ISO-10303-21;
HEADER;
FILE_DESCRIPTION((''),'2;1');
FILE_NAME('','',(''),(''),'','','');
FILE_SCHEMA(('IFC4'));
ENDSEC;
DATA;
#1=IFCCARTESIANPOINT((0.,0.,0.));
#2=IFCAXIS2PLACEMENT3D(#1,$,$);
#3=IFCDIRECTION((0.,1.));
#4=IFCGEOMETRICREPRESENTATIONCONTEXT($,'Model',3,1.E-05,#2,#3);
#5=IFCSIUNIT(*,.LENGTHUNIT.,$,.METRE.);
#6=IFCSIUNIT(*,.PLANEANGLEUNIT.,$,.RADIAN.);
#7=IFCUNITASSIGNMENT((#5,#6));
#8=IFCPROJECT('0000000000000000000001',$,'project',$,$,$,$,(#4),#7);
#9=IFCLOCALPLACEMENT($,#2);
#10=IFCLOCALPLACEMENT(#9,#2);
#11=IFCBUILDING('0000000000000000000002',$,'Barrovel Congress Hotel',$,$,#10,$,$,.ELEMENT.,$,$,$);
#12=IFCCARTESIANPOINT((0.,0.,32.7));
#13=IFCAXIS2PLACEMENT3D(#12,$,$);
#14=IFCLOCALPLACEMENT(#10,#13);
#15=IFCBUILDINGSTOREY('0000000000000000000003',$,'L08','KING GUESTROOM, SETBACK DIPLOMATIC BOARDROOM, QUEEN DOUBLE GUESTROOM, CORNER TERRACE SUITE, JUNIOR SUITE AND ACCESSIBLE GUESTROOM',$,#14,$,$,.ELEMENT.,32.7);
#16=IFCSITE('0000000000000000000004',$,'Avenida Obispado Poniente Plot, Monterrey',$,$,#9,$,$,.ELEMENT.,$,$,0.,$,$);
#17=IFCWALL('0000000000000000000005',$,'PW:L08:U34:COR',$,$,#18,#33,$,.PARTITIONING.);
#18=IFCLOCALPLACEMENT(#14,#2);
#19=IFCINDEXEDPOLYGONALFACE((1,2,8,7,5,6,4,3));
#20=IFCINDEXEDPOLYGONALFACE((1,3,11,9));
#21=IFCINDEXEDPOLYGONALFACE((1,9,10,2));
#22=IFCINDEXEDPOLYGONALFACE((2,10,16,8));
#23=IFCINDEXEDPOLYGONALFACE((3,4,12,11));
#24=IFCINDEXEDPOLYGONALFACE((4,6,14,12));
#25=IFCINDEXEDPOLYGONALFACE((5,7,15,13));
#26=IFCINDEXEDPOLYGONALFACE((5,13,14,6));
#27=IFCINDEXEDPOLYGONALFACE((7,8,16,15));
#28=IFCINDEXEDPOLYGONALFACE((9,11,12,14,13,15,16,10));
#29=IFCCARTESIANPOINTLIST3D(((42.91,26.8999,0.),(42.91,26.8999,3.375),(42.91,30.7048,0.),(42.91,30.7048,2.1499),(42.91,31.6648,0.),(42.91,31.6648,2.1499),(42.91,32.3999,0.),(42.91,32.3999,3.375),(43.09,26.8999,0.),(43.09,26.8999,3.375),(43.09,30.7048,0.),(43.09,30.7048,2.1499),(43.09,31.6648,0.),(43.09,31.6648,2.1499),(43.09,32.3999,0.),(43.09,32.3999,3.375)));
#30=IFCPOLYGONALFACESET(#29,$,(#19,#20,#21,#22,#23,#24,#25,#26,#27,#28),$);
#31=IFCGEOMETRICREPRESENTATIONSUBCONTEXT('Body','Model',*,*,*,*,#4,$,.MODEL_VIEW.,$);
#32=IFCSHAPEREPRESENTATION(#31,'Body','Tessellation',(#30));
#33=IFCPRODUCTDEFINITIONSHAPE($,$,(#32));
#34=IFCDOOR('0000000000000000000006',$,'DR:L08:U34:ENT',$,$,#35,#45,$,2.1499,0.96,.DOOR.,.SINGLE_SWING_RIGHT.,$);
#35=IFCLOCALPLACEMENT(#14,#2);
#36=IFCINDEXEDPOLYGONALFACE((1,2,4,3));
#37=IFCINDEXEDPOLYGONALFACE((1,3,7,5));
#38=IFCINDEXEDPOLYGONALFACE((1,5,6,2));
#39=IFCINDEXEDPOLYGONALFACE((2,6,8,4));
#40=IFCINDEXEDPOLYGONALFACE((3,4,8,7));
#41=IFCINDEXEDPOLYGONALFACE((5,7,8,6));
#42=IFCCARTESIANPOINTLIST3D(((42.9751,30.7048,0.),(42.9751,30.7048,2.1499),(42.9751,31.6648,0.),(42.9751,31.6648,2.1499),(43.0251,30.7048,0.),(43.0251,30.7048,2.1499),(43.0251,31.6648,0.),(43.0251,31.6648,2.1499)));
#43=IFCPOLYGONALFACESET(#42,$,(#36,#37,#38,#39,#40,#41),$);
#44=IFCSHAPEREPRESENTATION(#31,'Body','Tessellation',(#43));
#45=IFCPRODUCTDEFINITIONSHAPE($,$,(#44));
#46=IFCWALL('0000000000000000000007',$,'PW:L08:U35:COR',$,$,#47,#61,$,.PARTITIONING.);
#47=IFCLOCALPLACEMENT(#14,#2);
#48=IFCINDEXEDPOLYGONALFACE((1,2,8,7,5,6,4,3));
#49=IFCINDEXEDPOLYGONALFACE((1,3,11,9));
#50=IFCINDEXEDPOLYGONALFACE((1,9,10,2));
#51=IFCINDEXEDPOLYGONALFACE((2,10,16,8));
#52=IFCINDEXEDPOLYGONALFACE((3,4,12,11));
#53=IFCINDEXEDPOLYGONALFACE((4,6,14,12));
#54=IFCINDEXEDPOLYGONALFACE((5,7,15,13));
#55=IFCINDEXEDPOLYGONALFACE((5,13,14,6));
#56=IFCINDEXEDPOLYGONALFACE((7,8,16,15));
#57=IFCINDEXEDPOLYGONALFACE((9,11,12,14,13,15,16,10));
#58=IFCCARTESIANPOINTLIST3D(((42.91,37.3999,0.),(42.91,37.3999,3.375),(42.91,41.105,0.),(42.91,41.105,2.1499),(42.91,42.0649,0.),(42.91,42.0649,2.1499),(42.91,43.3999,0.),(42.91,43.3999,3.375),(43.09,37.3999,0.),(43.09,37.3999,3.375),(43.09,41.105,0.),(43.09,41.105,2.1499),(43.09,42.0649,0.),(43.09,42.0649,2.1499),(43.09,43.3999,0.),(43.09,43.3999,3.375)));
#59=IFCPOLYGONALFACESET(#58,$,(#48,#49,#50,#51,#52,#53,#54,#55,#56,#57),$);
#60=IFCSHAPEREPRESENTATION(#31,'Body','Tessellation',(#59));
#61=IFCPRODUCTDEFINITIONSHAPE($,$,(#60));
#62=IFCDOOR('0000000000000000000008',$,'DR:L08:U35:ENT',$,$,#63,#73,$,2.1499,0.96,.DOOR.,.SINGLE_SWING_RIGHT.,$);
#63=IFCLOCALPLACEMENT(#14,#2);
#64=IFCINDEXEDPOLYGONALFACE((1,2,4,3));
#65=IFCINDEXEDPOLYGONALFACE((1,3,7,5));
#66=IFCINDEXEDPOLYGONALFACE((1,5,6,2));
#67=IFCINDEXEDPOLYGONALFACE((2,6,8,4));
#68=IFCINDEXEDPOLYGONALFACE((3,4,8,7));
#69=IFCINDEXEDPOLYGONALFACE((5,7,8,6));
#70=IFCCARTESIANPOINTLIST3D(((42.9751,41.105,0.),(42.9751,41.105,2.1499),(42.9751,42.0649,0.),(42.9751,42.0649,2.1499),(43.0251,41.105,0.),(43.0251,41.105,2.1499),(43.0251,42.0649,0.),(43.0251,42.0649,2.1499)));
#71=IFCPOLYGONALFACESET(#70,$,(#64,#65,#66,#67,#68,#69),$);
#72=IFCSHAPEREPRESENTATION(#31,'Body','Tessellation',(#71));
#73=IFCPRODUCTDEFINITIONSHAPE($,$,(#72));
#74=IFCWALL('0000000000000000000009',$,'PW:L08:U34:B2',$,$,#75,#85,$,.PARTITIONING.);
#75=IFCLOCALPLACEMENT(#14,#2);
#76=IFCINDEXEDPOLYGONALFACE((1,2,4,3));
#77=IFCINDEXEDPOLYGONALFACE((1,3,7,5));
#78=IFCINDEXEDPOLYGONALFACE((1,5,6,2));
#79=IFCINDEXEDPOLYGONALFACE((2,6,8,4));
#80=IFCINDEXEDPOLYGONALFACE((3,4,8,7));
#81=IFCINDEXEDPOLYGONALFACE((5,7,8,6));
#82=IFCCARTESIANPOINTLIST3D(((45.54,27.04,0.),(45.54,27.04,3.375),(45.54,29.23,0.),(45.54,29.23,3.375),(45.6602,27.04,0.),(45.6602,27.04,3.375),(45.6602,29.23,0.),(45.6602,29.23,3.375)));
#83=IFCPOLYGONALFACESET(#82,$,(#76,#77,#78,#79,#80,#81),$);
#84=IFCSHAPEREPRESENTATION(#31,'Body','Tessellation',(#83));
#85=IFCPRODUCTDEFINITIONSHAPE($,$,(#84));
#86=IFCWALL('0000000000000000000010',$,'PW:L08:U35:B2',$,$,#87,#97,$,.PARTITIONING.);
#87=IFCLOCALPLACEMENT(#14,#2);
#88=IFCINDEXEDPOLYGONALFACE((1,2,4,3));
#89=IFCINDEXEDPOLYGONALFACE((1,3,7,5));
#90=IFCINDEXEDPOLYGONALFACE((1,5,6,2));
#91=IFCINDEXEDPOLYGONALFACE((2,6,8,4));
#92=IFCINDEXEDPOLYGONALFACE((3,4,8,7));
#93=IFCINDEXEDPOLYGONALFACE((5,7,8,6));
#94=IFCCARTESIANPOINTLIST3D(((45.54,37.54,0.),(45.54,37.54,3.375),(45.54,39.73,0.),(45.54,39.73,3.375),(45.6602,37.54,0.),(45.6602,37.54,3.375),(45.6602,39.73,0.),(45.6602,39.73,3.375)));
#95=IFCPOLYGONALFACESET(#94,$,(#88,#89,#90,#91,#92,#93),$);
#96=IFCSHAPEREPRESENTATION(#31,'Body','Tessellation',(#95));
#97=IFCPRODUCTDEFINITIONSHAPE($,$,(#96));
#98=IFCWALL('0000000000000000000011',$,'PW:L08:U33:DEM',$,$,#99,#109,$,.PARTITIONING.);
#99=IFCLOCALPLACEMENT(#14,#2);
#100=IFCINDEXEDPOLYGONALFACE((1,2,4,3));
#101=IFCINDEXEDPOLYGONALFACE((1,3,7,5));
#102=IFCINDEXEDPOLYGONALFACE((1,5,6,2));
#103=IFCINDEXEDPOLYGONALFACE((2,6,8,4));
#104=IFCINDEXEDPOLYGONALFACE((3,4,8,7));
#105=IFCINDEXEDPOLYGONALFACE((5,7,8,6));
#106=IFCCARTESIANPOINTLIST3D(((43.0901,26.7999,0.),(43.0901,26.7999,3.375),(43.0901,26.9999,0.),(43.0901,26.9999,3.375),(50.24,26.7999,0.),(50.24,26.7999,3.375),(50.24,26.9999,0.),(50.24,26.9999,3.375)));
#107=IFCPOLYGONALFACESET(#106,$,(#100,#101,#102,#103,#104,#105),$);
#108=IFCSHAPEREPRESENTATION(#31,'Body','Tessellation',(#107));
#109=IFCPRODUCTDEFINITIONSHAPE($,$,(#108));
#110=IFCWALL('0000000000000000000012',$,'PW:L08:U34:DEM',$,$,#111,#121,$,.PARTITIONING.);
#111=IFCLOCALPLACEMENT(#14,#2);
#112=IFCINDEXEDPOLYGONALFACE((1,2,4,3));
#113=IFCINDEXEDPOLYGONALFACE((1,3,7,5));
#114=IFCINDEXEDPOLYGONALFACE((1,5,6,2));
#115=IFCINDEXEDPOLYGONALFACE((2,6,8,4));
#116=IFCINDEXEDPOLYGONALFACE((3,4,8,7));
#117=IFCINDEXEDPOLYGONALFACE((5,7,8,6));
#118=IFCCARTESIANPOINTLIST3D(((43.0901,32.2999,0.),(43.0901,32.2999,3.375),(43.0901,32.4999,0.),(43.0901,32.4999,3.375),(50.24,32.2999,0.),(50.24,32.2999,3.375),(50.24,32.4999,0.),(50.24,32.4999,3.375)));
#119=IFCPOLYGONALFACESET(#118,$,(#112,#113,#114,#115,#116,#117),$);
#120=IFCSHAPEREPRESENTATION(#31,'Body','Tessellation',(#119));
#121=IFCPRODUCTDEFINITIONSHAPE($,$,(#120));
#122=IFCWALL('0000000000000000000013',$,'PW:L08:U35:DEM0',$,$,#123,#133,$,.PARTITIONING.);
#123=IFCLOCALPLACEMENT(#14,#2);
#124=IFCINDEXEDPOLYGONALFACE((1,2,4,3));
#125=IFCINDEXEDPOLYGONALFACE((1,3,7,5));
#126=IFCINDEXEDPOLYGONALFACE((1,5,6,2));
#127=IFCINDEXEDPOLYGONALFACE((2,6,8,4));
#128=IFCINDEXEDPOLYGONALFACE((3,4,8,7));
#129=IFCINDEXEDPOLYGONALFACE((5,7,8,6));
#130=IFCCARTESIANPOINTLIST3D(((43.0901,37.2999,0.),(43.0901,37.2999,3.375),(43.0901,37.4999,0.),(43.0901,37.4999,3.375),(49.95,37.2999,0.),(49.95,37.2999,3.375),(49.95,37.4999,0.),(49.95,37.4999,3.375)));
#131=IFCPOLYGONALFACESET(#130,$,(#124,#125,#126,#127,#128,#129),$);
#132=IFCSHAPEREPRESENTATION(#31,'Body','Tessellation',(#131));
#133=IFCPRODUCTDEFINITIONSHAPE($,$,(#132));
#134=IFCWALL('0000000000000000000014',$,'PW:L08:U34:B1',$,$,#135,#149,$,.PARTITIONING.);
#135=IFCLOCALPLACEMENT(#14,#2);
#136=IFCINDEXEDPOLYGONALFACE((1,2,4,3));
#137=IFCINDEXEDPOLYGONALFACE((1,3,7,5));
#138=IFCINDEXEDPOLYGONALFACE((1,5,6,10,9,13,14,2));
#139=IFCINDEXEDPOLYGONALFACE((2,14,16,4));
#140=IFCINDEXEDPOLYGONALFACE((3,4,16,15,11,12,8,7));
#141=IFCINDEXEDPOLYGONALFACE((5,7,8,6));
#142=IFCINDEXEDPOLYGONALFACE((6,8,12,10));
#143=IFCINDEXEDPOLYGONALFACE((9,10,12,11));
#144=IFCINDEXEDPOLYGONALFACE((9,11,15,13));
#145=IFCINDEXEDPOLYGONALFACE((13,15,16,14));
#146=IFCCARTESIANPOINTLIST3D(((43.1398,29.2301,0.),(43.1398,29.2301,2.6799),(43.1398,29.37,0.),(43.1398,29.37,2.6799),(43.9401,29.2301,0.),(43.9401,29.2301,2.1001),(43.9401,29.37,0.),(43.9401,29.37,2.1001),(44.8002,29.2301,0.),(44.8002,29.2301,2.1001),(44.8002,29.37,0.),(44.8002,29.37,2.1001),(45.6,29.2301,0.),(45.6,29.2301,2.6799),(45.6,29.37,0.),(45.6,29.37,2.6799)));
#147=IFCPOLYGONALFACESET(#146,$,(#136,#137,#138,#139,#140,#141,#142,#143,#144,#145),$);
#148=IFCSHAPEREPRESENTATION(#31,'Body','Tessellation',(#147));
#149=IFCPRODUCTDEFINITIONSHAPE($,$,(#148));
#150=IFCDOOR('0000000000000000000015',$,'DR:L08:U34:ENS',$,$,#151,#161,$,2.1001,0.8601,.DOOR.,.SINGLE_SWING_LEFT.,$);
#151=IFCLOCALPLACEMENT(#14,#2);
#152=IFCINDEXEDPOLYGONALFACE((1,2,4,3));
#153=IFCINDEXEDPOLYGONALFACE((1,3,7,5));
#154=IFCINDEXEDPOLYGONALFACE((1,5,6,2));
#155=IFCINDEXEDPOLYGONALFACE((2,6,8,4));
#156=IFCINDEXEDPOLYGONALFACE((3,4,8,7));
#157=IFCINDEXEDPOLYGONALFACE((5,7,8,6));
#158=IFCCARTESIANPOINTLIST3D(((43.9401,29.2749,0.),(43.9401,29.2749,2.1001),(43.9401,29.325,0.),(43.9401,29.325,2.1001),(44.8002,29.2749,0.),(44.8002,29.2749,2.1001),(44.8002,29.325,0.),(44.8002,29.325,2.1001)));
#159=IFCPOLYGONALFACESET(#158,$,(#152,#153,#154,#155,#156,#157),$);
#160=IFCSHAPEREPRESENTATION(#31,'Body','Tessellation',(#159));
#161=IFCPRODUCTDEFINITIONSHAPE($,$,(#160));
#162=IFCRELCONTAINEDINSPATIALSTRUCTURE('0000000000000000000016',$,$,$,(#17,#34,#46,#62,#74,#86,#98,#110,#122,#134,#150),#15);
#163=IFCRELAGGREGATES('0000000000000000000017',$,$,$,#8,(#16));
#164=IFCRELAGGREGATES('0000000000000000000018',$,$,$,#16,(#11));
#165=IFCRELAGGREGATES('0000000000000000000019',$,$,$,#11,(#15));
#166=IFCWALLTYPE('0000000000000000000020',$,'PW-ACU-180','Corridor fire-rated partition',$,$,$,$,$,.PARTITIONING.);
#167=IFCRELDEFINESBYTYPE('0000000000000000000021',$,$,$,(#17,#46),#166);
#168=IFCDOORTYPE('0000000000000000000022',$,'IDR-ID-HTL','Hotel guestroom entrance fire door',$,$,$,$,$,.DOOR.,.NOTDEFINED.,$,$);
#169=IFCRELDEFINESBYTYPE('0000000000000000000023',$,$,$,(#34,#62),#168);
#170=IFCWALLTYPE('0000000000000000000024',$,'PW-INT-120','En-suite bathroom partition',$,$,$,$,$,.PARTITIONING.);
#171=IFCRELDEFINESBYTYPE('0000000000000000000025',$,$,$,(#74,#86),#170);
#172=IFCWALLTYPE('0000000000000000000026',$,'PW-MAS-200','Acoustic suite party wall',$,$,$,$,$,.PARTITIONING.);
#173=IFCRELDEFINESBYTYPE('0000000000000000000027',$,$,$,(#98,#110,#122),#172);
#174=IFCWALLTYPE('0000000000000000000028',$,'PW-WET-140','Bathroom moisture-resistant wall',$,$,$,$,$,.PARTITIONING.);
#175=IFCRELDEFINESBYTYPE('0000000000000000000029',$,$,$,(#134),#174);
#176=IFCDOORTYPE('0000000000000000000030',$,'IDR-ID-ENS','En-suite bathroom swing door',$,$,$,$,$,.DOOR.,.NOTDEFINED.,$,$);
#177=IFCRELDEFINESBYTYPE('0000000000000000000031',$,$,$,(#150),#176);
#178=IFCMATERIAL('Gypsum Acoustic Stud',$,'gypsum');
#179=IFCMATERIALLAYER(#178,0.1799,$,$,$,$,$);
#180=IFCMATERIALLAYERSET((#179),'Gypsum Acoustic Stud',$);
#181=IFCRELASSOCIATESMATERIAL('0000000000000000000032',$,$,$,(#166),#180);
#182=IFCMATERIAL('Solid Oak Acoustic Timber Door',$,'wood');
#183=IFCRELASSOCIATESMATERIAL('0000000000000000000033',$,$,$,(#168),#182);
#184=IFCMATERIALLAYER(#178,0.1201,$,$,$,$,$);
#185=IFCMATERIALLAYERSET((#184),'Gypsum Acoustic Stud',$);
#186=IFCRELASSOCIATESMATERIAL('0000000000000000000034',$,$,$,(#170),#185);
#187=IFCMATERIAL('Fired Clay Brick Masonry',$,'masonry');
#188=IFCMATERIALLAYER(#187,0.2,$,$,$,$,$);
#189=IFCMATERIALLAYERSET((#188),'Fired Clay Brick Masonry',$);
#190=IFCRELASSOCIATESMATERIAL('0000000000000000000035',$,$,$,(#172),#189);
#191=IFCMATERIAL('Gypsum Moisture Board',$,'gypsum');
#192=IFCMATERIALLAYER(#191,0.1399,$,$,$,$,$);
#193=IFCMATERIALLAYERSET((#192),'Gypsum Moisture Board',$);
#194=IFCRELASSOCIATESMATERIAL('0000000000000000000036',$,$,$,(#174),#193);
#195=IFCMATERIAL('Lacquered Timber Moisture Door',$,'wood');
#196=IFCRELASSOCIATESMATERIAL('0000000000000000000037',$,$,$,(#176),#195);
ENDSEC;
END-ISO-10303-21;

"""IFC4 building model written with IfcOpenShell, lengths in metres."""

from ifc_helpers import new_model, si_unit, direction, frame, frame_2d, origin, place, context, subcontext, project, spatial, rectangle, extrude, material, layer, layer_set, type_object, element, fill, save


model = new_model("IFC4")

# Units and contexts
model_context = context("Model", 3, precision=1e-05, world=origin(), true_north=direction((0.0, 1.0)))
body_context = subcontext(model_context, "Body", "Model", "MODEL_VIEW")
ifc_project = project(units=[si_unit("LENGTHUNIT", "METRE"), si_unit("PLANEANGLEUNIT", "RADIAN")], contexts=[model_context])

# Site, building, storey
site_placement = place(None, origin())
site = spatial("IfcSite", under=ifc_project, at=site_placement, Name="Avenida Obispado Poniente Plot, Monterrey", CompositionType="ELEMENT", RefElevation=0.0)
building_placement = place(site_placement, origin())
building = spatial("IfcBuilding", under=site, at=building_placement, Name="Barrovel Congress Hotel", CompositionType="ELEMENT")
storey_placement = place(building_placement, frame((0.0, 0.0, 32.7)))
storey = spatial("IfcBuildingStorey", under=building, at=storey_placement, Name="L08", Description="KING GUESTROOM, SETBACK DIPLOMATIC BOARDROOM, QUEEN DOUBLE GUESTROOM, CORNER TERRACE SUITE, JUNIOR SUITE AND ACCESSIBLE GUESTROOM", CompositionType="ELEMENT", Elevation=32.7)

# Shared definitions
ifc_material_1 = material(Name="Fired Clay Brick Masonry", Category="masonry")

# Walls, openings, doors
ifc_material_2 = material(Name="Gypsum Acoustic Stud", Category="gypsum")
ifc_layer_1 = layer(ifc_material_2, 0.1799)
ifc_layer_set_1 = layer_set([ifc_layer_1], Name="Gypsum Acoustic Stud")
wall_type_1 = type_object("IfcWallType", Name="PW-ACU-180", Description="Corridor fire-rated partition", PredefinedType="PARTITIONING", material=ifc_layer_set_1)
wall_1_placement = place(storey_placement, frame((43.0, 26.8999, 0.0), z_axis=(0.0, 0.0, 1.0), x_axis=(0.0, 1.0, 0.0)))
wall_1 = element("IfcWall", 1, at=wall_1_placement, inside=storey, type_object=wall_type_1, Name="PW:L08:U34:COR", PredefinedType="PARTITIONING", context=body_context, shape_type="SweptSolid", body=[
    extrude(rectangle(XDim=5.5, YDim=0.1799, at=frame_2d((2.75, 0.0))), origin(), (0.0, 0.0, 1.0), 3.375),
])
opening_1_placement = place(wall_1_placement, frame((3.8049, 0.0, 0.0)))
opening_1 = element("IfcOpeningElement", 2, at=opening_1_placement, cuts=wall_1, PredefinedType="OPENING", context=body_context, shape_type="SweptSolid", body=[
    extrude(rectangle(XDim=0.96, YDim=2.1499, at=frame_2d((0.48, 1.075))), frame((0.0, 0.1001, 0.0), z_axis=(0.0, -1.0, 0.0), x_axis=(1.0, 0.0, 0.0)), (0.0, 0.0, 1.0), 0.2),
])
ifc_material_3 = material(Name="Solid Oak Acoustic Timber Door", Category="wood")
door_type_1 = type_object("IfcDoorType", Name="IDR-ID-HTL", Description="Hotel guestroom entrance fire door", OperationType="NOTDEFINED", PredefinedType="DOOR", material=ifc_material_3)
door_1_placement = place(opening_1_placement, origin())
door_1 = element("IfcDoor", 3, at=door_1_placement, inside=storey, type_object=door_type_1, Name="DR:L08:U34:ENT", OperationType="SINGLE_SWING_RIGHT", OverallHeight=2.1499, OverallWidth=0.96, PredefinedType="DOOR", context=body_context, shape_type="SweptSolid", body=[
    extrude(rectangle(XDim=0.96, YDim=2.1499, at=frame_2d((0.48, 1.075))), frame((0.0, 0.0249, 0.0), z_axis=(0.0, -1.0, 0.0), x_axis=(1.0, 0.0, 0.0)), (0.0, 0.0, 1.0), 0.05),
])
fill(opening_1, door_1)
wall_2_placement = place(storey_placement, frame((43.0, 37.3999, 0.0), z_axis=(0.0, 0.0, 1.0), x_axis=(0.0, 1.0, 0.0)))
wall_2 = element("IfcWall", 4, at=wall_2_placement, inside=storey, type_object=wall_type_1, Name="PW:L08:U35:COR", PredefinedType="PARTITIONING", context=body_context, shape_type="SweptSolid", body=[
    extrude(rectangle(XDim=6.0, YDim=0.1799, at=frame_2d((3.0, 0.0))), origin(), (0.0, 0.0, 1.0), 3.375),
])
opening_2_placement = place(wall_2_placement, frame((3.7051, 0.0, 0.0)))
opening_2 = element("IfcOpeningElement", 5, at=opening_2_placement, cuts=wall_2, PredefinedType="OPENING", context=body_context, shape_type="SweptSolid", body=[
    extrude(rectangle(XDim=0.96, YDim=2.1499, at=frame_2d((0.48, 1.075))), frame((0.0, 0.1001, 0.0), z_axis=(0.0, -1.0, 0.0), x_axis=(1.0, 0.0, 0.0)), (0.0, 0.0, 1.0), 0.2),
])
door_2_placement = place(opening_2_placement, origin())
door_2 = element("IfcDoor", 6, at=door_2_placement, inside=storey, type_object=door_type_1, Name="DR:L08:U35:ENT", OperationType="SINGLE_SWING_RIGHT", OverallHeight=2.1499, OverallWidth=0.96, PredefinedType="DOOR", context=body_context, shape_type="SweptSolid", body=[
    extrude(rectangle(XDim=0.96, YDim=2.1499, at=frame_2d((0.48, 1.075))), frame((0.0, 0.0249, 0.0), z_axis=(0.0, -1.0, 0.0), x_axis=(1.0, 0.0, 0.0)), (0.0, 0.0, 1.0), 0.05),
])
fill(opening_2, door_2)

# Walls
ifc_layer_2 = layer(ifc_material_2, 0.1201)
ifc_layer_set_2 = layer_set([ifc_layer_2], Name="Gypsum Acoustic Stud")
wall_type_2 = type_object("IfcWallType", Name="PW-INT-120", Description="En-suite bathroom partition", PredefinedType="PARTITIONING", material=ifc_layer_set_2)
for number, where, z_axis, x_axis, name in (
    (7, (45.6001, 27.04, 0.0), (0.0, 0.0, 1.0), (0.0, 1.0, 0.0), "PW:L08:U34:B2"),
    (8, (45.6001, 37.54, 0.0), (0.0, 0.0, 1.0), (0.0, 1.0, 0.0), "PW:L08:U35:B2"),
):
    element("IfcWall", number, at=place(storey_placement, frame(where, z_axis=z_axis, x_axis=x_axis)), inside=storey, type_object=wall_type_2, Name=name, PredefinedType="PARTITIONING", context=body_context, shape_type="SweptSolid", body=[
        extrude(rectangle(XDim=2.1899, YDim=0.1201, at=frame_2d((1.095, 0.0))), origin(), (0.0, 0.0, 1.0), 3.375),
    ])
ifc_layer_3 = layer(ifc_material_1, 0.2)
ifc_layer_set_3 = layer_set([ifc_layer_3], Name="Fired Clay Brick Masonry")
wall_type_3 = type_object("IfcWallType", Name="PW-MAS-200", Description="Acoustic suite party wall", PredefinedType="PARTITIONING", material=ifc_layer_set_3)
for number, where, z_axis, x_axis, name in (
    (9, (43.0901, 26.8999, 0.0), (0.0, 0.0, 1.0), (1.0, 0.0, 0.0), "PW:L08:U33:DEM"),
    (10, (43.0901, 32.3999, 0.0), (0.0, 0.0, 1.0), (1.0, 0.0, 0.0), "PW:L08:U34:DEM"),
):
    element("IfcWall", number, at=place(storey_placement, frame(where, z_axis=z_axis, x_axis=x_axis)), inside=storey, type_object=wall_type_3, Name=name, PredefinedType="PARTITIONING", context=body_context, shape_type="SweptSolid", body=[
        extrude(rectangle(XDim=7.1499, YDim=0.2, at=frame_2d((3.575, 0.0))), origin(), (0.0, 0.0, 1.0), 3.375),
    ])
wall_3_placement = place(storey_placement, frame((43.0901, 37.3999, 0.0), z_axis=(0.0, 0.0, 1.0), x_axis=(1.0, 0.0, 0.0)))
element("IfcWall", 11, at=wall_3_placement, inside=storey, type_object=wall_type_3, Name="PW:L08:U35:DEM0", PredefinedType="PARTITIONING", context=body_context, shape_type="SweptSolid", body=[
    extrude(rectangle(XDim=6.8599, YDim=0.2, at=frame_2d((3.4299, 0.0))), origin(), (0.0, 0.0, 1.0), 3.375),
])

# Wall, opening, door
ifc_material_4 = material(Name="Gypsum Moisture Board", Category="gypsum")
ifc_layer_4 = layer(ifc_material_4, 0.1399)
ifc_layer_set_4 = layer_set([ifc_layer_4], Name="Gypsum Moisture Board")
wall_type_4 = type_object("IfcWallType", Name="PW-WET-140", Description="Bathroom moisture-resistant wall", PredefinedType="PARTITIONING", material=ifc_layer_set_4)
wall_4_placement = place(storey_placement, frame((43.1399, 29.3, 0.0), z_axis=(0.0, 0.0, 1.0), x_axis=(1.0, 0.0, 0.0)))
wall_4 = element("IfcWall", 12, at=wall_4_placement, inside=storey, type_object=wall_type_4, Name="PW:L08:U34:B1", PredefinedType="PARTITIONING", context=body_context, shape_type="SweptSolid", body=[
    extrude(rectangle(XDim=2.4602, YDim=0.1399, at=frame_2d((1.23, 0.0))), origin(), (0.0, 0.0, 1.0), 2.6799),
])
opening_3_placement = place(wall_4_placement, frame((0.8, 0.0, 0.0)))
opening_3 = element("IfcOpeningElement", 13, at=opening_3_placement, cuts=wall_4, PredefinedType="OPENING", context=body_context, shape_type="SweptSolid", body=[
    extrude(rectangle(XDim=0.8601, YDim=2.1001, at=frame_2d((0.4302, 1.05))), frame((0.0, 0.0801, 0.0), z_axis=(0.0, -1.0, 0.0), x_axis=(1.0, 0.0, 0.0)), (0.0, 0.0, 1.0), 0.1599),
])
ifc_material_5 = material(Name="Lacquered Timber Moisture Door", Category="wood")
door_type_2 = type_object("IfcDoorType", Name="IDR-ID-ENS", Description="En-suite bathroom swing door", OperationType="NOTDEFINED", PredefinedType="DOOR", material=ifc_material_5)
door_3_placement = place(opening_3_placement, origin())
door_3 = element("IfcDoor", 14, at=door_3_placement, inside=storey, type_object=door_type_2, Name="DR:L08:U34:ENS", OperationType="SINGLE_SWING_LEFT", OverallHeight=2.1001, OverallWidth=0.8601, PredefinedType="DOOR", context=body_context, shape_type="SweptSolid", body=[
    extrude(rectangle(XDim=0.8601, YDim=2.1001, at=frame_2d((0.4302, 1.05))), frame((0.0, 0.0249, 0.0), z_axis=(0.0, -1.0, 0.0), x_axis=(1.0, 0.0, 0.0)), (0.0, 0.0, 1.0), 0.05),
])
fill(opening_3, door_3)

save(model, "model.ifc")
